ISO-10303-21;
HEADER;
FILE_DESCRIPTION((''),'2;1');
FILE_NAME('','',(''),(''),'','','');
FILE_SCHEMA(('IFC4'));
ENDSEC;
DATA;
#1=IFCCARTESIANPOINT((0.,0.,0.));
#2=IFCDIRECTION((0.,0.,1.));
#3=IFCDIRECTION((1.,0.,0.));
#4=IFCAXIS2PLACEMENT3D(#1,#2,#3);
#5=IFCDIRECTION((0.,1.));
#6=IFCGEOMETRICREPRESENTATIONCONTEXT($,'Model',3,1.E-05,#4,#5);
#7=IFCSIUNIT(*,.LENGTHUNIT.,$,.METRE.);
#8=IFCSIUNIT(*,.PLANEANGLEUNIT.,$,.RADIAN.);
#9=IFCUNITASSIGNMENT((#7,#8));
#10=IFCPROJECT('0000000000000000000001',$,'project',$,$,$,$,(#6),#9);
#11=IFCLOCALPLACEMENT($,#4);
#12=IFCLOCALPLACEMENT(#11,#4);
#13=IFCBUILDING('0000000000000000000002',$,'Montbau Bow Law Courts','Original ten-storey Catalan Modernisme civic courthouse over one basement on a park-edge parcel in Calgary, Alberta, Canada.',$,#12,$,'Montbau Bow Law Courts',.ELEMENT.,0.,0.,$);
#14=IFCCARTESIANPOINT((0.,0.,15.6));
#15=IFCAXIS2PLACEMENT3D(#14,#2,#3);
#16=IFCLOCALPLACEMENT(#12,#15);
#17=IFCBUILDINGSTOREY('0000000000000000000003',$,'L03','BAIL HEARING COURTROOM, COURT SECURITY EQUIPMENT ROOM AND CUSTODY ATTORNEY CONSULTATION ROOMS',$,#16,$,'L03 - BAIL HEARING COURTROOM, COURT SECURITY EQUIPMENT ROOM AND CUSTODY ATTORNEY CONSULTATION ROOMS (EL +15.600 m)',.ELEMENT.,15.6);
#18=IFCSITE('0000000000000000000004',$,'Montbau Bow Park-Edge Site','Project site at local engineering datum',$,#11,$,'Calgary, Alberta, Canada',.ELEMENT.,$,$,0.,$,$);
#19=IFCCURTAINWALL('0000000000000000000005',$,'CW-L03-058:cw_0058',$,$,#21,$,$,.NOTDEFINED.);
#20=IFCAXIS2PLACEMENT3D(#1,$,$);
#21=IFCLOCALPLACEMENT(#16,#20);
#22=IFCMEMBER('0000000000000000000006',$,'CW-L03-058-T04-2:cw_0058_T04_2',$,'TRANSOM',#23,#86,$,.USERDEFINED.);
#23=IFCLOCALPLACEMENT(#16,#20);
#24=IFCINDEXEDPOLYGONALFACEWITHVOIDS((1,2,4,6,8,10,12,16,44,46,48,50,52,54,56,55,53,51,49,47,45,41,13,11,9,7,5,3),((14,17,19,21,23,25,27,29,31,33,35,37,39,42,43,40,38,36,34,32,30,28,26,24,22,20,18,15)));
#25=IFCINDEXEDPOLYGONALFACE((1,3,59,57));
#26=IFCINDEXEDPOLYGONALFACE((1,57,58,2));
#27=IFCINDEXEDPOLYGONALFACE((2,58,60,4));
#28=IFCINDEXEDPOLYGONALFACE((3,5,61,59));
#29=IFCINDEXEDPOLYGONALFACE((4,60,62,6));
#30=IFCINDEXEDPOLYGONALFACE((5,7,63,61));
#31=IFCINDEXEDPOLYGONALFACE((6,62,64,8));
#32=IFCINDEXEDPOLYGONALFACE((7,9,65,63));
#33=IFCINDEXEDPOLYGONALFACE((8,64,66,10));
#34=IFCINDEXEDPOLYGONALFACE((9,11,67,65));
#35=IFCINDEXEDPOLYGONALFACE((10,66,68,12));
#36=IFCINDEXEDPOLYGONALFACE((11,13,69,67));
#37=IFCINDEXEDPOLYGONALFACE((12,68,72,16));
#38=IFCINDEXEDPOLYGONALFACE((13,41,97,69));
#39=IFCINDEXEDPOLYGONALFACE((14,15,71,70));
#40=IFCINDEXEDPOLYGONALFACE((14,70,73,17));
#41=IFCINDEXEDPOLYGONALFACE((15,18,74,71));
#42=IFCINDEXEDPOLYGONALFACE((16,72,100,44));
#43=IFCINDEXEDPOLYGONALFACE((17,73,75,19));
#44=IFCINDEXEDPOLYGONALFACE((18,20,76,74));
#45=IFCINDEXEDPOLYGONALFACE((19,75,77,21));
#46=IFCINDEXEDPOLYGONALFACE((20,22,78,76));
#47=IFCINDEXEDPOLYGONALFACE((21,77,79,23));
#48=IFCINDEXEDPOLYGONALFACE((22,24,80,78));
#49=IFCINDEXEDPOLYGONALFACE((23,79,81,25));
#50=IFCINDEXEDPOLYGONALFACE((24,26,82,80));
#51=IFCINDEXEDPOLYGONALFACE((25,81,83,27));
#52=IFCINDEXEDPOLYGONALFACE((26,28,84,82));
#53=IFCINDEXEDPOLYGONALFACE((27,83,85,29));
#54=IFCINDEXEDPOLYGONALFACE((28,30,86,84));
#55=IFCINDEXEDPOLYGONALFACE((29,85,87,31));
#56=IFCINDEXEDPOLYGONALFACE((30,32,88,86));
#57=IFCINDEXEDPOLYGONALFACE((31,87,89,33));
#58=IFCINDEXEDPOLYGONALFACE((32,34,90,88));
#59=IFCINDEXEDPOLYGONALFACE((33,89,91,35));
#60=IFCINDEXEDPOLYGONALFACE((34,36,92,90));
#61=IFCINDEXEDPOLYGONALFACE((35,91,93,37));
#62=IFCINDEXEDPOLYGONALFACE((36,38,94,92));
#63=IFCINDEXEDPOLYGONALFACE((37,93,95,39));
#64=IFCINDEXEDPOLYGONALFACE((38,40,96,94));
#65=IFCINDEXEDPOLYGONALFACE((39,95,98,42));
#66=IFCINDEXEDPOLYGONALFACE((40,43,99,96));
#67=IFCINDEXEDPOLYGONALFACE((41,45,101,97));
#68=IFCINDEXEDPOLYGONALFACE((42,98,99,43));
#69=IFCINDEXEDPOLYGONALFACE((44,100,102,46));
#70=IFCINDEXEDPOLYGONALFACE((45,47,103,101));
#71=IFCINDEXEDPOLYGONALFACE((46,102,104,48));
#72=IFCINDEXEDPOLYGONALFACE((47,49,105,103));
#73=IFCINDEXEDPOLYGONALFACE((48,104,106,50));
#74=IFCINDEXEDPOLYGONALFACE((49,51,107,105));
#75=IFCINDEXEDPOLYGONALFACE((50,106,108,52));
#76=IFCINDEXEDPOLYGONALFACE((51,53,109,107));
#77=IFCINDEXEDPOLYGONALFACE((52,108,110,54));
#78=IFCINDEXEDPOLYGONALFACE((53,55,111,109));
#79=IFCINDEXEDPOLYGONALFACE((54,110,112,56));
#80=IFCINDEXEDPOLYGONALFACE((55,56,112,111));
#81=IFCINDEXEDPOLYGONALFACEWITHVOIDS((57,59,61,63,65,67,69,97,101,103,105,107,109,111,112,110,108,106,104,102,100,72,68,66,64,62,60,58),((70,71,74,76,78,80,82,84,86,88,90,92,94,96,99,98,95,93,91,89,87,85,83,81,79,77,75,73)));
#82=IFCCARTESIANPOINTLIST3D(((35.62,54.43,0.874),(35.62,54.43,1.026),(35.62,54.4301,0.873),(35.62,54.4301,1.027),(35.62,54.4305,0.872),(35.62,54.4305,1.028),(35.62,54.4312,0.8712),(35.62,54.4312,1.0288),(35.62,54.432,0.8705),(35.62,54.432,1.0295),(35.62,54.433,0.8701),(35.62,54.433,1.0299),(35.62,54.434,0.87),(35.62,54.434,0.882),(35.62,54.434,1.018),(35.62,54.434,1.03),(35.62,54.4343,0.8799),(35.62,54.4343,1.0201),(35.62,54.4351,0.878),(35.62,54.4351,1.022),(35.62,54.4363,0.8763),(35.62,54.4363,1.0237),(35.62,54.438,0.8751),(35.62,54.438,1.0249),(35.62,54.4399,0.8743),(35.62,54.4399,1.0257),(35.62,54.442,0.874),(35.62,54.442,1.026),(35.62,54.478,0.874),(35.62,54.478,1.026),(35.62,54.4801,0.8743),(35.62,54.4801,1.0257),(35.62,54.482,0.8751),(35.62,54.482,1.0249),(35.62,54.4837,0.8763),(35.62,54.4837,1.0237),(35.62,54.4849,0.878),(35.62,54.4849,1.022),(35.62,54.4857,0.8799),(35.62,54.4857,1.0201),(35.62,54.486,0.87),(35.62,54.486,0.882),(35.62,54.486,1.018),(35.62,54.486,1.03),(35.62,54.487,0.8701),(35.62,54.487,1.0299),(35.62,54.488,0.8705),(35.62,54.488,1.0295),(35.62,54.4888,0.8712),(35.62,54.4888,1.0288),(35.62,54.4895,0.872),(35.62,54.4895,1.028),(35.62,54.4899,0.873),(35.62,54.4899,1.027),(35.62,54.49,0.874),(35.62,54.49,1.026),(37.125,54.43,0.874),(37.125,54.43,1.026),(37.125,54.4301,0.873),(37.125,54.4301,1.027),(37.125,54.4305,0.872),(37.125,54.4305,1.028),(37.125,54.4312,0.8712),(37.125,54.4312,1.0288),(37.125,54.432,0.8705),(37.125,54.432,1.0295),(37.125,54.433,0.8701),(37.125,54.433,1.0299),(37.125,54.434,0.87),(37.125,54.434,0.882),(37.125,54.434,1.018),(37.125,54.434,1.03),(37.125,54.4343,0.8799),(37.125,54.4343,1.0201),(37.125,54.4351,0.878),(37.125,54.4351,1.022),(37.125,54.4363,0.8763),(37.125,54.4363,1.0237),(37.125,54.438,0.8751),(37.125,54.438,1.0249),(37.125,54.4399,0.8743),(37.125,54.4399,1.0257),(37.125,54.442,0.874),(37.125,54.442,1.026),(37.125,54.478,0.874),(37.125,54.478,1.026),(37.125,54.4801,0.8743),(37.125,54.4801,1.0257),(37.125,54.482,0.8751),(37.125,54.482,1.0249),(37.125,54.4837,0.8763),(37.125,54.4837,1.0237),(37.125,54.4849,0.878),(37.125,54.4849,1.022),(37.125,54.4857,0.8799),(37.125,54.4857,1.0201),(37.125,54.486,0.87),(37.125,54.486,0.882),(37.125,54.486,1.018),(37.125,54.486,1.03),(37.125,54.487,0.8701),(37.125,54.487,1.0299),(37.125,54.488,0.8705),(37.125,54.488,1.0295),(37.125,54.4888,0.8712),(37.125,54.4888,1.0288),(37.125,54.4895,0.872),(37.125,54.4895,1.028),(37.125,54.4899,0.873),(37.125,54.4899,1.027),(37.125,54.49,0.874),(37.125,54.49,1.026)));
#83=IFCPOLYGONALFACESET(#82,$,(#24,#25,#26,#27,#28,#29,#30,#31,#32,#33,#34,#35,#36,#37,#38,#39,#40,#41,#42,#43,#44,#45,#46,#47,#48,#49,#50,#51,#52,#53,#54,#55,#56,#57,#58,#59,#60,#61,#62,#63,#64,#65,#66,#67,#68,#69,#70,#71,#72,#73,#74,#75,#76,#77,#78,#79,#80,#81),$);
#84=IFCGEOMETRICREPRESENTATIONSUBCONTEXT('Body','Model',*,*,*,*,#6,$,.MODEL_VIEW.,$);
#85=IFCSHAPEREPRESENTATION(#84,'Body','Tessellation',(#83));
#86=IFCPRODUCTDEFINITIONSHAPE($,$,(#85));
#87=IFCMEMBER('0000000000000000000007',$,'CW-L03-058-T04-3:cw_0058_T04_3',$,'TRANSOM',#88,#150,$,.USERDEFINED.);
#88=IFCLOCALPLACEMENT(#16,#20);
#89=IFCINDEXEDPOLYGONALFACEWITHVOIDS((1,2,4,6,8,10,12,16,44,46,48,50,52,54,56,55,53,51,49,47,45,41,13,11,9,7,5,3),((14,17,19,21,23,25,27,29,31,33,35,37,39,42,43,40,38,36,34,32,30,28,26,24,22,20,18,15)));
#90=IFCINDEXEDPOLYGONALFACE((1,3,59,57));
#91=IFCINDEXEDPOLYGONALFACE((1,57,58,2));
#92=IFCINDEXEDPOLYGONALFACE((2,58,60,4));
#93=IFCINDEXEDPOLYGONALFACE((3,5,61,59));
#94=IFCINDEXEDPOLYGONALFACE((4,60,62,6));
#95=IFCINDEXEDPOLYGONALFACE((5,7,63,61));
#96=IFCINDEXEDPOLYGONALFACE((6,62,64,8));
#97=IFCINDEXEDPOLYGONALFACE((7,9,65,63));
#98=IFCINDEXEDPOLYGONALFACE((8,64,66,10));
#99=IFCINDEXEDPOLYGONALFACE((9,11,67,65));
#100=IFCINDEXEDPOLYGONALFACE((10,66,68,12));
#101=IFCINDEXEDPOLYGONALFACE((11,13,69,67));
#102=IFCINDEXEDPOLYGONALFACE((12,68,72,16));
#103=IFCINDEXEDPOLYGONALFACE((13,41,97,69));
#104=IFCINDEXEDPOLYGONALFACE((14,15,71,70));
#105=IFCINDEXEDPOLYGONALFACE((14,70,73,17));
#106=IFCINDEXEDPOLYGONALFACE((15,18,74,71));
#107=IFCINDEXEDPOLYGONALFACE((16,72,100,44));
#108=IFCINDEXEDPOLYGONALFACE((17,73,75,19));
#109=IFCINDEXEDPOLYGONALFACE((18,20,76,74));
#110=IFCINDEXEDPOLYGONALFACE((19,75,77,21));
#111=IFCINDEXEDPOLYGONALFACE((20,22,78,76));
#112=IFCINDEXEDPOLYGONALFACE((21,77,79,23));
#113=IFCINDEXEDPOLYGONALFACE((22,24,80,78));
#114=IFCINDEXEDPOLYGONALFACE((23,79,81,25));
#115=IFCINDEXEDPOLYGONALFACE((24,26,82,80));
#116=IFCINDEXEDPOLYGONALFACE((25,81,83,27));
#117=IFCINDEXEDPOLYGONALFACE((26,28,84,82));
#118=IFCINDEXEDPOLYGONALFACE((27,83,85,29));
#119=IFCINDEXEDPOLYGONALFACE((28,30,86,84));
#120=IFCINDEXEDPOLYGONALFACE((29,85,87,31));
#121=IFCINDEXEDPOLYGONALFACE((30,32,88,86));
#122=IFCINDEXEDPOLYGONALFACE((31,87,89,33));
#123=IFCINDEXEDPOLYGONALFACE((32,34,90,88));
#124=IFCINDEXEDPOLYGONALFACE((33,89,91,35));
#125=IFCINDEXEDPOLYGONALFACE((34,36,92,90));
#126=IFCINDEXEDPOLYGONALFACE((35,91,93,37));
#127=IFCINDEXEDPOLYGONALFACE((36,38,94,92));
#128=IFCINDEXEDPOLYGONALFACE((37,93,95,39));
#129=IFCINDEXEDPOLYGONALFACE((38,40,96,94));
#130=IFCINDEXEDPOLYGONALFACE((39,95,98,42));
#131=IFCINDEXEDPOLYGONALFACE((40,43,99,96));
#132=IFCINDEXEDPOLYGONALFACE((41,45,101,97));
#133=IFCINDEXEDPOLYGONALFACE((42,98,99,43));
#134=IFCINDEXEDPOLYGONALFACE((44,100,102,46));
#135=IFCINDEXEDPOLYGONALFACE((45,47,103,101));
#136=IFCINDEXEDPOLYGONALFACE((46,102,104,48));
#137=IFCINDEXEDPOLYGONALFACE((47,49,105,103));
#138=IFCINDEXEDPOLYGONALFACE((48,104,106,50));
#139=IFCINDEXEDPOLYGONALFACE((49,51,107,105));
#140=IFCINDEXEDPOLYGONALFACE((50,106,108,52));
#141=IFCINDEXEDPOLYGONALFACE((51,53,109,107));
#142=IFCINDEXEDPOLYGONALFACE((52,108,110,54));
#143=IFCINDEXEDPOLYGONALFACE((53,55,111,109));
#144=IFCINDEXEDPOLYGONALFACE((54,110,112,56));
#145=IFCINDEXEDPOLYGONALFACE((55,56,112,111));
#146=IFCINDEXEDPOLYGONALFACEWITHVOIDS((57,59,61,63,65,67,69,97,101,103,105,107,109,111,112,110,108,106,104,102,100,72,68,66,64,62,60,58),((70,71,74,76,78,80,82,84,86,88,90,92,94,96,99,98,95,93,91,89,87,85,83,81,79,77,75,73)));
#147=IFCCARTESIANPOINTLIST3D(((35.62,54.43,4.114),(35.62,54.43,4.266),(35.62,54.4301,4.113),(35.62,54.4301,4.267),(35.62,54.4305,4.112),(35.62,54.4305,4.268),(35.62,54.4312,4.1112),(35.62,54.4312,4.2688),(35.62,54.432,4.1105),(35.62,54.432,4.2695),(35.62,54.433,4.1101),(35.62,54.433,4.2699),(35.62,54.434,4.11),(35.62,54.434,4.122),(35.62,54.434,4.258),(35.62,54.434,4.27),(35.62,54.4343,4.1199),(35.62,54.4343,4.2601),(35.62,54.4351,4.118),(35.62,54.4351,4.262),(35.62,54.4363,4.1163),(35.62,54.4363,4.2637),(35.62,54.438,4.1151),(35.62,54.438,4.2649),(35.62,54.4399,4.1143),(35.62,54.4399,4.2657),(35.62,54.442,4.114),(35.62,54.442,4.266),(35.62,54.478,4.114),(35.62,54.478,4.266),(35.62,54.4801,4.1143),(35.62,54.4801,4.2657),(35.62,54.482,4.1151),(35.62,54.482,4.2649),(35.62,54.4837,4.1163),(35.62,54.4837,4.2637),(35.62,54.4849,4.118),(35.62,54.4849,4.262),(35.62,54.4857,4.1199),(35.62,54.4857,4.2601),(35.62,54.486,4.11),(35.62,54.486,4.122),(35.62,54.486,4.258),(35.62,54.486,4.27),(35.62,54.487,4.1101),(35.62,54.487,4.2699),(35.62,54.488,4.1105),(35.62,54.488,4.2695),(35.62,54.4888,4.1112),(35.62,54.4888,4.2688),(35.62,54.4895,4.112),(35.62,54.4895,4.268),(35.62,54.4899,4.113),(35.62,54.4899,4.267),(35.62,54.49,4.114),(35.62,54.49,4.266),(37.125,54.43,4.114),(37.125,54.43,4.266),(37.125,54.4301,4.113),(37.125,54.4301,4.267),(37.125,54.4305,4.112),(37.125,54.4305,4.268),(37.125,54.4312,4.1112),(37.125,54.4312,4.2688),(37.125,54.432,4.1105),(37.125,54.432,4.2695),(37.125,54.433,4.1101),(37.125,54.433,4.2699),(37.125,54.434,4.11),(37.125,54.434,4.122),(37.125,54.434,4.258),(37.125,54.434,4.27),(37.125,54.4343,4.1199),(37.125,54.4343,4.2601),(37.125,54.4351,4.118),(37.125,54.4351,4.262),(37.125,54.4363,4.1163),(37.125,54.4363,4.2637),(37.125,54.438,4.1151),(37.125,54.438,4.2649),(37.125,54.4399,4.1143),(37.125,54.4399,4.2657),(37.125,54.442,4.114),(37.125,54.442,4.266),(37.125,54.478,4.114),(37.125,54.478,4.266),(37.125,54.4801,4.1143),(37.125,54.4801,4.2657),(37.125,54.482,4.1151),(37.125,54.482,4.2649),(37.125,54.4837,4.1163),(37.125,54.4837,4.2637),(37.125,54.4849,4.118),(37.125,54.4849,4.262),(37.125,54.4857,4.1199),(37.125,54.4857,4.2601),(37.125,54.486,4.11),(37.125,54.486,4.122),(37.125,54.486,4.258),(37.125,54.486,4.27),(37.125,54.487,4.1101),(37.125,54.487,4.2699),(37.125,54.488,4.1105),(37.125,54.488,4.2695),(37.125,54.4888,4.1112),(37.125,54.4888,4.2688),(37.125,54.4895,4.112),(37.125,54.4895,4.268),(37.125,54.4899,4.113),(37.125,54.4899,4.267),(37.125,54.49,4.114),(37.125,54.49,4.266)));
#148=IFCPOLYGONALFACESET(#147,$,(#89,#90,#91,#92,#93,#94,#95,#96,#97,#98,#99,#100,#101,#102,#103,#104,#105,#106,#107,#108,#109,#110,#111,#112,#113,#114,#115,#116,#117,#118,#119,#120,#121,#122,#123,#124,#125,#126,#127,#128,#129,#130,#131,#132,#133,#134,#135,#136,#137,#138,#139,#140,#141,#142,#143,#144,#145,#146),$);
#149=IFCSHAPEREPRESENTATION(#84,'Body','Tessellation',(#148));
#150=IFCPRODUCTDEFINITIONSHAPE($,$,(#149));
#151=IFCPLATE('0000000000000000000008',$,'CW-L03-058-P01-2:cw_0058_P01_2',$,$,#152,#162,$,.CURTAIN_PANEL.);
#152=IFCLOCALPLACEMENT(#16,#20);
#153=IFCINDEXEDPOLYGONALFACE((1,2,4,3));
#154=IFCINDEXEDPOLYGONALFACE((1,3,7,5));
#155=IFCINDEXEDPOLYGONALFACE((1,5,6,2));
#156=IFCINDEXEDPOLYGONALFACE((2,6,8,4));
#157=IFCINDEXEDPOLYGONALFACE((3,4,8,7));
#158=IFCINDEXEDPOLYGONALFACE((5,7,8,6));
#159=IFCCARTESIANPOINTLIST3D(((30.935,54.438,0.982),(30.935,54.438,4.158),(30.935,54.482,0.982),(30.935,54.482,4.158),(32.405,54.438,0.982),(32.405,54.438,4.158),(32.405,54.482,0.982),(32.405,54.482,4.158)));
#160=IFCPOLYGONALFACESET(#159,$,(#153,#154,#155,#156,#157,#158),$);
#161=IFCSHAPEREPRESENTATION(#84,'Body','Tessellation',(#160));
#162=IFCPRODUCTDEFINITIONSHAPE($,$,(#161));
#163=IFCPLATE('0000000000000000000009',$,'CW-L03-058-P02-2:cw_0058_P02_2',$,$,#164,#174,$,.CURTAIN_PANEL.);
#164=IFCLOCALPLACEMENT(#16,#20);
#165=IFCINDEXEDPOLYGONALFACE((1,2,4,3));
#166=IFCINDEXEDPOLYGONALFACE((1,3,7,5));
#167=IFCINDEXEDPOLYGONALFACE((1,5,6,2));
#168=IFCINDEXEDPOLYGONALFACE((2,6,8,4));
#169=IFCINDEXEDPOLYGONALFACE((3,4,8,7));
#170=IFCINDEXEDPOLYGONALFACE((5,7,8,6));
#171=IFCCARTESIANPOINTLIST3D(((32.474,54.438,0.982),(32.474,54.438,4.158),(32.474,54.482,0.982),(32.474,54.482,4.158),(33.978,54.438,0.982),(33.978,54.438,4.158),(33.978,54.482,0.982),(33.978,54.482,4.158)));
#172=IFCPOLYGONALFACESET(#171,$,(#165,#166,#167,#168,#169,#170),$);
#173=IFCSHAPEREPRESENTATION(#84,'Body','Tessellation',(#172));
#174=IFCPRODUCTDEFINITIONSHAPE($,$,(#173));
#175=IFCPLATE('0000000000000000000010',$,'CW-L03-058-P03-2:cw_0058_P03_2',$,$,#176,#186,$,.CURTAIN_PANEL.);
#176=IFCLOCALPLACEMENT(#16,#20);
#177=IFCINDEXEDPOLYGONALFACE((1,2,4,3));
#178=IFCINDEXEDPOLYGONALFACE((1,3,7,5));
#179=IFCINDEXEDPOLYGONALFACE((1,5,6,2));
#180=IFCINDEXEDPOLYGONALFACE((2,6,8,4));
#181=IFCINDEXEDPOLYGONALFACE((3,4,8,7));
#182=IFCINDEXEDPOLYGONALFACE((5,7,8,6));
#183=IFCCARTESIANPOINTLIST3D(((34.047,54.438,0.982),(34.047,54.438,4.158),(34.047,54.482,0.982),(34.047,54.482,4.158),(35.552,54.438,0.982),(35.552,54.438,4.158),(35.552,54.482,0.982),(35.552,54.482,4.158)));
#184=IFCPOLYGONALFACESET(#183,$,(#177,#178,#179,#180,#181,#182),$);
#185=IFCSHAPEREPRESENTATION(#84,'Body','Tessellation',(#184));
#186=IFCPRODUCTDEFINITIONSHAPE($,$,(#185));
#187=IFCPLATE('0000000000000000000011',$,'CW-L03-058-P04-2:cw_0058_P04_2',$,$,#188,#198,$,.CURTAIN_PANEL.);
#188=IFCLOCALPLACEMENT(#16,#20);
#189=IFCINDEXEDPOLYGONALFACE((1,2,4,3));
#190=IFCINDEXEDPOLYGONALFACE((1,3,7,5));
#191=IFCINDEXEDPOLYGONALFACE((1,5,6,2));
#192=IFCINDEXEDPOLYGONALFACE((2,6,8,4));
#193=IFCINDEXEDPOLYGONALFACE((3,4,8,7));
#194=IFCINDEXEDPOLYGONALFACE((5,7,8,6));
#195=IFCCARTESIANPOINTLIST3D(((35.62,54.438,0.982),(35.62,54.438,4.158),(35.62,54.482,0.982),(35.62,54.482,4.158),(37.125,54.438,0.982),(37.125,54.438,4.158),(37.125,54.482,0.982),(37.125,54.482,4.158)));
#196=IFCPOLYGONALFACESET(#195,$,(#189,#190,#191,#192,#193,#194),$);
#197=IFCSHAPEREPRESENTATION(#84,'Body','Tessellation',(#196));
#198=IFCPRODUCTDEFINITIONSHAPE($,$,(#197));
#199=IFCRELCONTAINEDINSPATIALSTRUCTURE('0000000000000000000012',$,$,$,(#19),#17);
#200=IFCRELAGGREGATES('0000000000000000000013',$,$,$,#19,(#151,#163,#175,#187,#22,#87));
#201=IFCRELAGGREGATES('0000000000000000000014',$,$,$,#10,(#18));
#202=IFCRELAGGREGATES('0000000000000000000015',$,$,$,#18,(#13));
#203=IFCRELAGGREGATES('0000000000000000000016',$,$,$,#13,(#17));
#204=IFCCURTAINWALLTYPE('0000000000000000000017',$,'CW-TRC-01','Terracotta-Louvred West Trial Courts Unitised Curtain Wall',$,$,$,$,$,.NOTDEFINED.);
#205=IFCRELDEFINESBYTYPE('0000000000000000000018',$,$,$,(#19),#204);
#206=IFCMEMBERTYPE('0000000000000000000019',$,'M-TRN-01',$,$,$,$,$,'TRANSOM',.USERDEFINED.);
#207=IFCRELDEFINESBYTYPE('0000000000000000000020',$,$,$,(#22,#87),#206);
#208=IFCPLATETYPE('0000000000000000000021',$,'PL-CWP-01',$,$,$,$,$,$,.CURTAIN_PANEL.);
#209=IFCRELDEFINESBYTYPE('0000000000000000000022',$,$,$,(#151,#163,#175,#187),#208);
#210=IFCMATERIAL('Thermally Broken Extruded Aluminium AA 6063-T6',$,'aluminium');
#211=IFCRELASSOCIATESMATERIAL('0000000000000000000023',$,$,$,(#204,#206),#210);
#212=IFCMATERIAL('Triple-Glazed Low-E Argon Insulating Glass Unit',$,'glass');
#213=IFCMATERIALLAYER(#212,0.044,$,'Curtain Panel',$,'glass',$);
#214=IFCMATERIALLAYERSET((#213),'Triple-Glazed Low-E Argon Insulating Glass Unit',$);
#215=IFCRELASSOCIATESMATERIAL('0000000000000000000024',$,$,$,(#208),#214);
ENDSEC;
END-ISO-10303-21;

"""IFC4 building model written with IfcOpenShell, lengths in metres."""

from ifc_helpers import new_model, si_unit, direction, frame, frame_2d, origin_with_axes, origin_2d_with_axis, place, context, subcontext, project, spatial, rectangle, hollow_rectangle, extrude, material, layer, layer_set, material_profile, profile_set, type_object, element, aggregate, save


model = new_model("IFC4")

# Units and contexts
model_context = context("Model", 3, precision=1e-05, world=origin_with_axes(), true_north=direction((0.0, 1.0)))
body_context = subcontext(model_context, "Body", "Model", "MODEL_VIEW")
ifc_project = project(units=[si_unit("LENGTHUNIT", "METRE"), si_unit("PLANEANGLEUNIT", "RADIAN")], contexts=[model_context])

# Site, building, storey
site_placement = place(None, origin_with_axes())
site = spatial("IfcSite", under=ifc_project, at=site_placement, Name="Montbau Bow Park-Edge Site", Description="Project site at local engineering datum", LongName="Calgary, Alberta, Canada", CompositionType="ELEMENT", RefElevation=0.0)
building_placement = place(site_placement, origin_with_axes())
building = spatial("IfcBuilding", under=site, at=building_placement, Name="Montbau Bow Law Courts", Description="Original ten-storey Catalan Modernisme civic courthouse over one basement on a park-edge parcel in Calgary, Alberta, Canada.", LongName="Montbau Bow Law Courts", CompositionType="ELEMENT", ElevationOfRefHeight=0.0, ElevationOfTerrain=0.0)
storey_placement = place(building_placement, frame((0.0, 0.0, 15.6), z_axis=(0.0, 0.0, 1.0), x_axis=(1.0, 0.0, 0.0)))
storey = spatial("IfcBuildingStorey", under=building, at=storey_placement, Name="L03", Description="BAIL HEARING COURTROOM, COURT SECURITY EQUIPMENT ROOM AND CUSTODY ATTORNEY CONSULTATION ROOMS", LongName="L03 - BAIL HEARING COURTROOM, COURT SECURITY EQUIPMENT ROOM AND CUSTODY ATTORNEY CONSULTATION ROOMS (EL +15.600 m)", CompositionType="ELEMENT", Elevation=15.6)

# Curtain wall, members, plates
ifc_material_1 = material(Name="Thermally Broken Extruded Aluminium AA 6063-T6", Category="aluminium")
curtain_wall_type = type_object("IfcCurtainWallType", Name="CW-TRC-01", Description="Terracotta-Louvred West Trial Courts Unitised Curtain Wall", PredefinedType="NOTDEFINED", material=ifc_material_1)
curtain_wall_placement = place(None, frame((30.867, 54.46, 15.6), z_axis=(0.0, 0.0, 1.0), x_axis=(1.0, 0.0, 0.0)))
curtain_wall = element("IfcCurtainWall", 1, at=curtain_wall_placement, inside=storey, type_object=curtain_wall_type, Name="CW-L03-058:cw_0058", PredefinedType="NOTDEFINED")
ifc_material_profile_1 = material_profile(ifc_material_1, hollow_rectangle(XDim=0.06, YDim=0.16, WallThickness=0.004, InnerFilletRadius=0.008, OuterFilletRadius=0.004, at=origin_2d_with_axis()), Name="CWT-160X60", Category="Main", Priority=0)
ifc_profile_set_1 = profile_set([ifc_material_profile_1], Name="Thermally Broken Extruded Aluminium AA 6063-T6")
member_type_1 = type_object("IfcMemberType", Name="M-TRN-01", ElementType="TRANSOM", PredefinedType="USERDEFINED", material=ifc_profile_set_1)
member_1_placement = place(None, frame((35.62, 54.46, 16.55), z_axis=(1.0, 0.0, 0.0), x_axis=(0.0, 1.0, 0.0)))
member_1 = element("IfcMember", 2, at=member_1_placement, type_object=member_type_1, Name="CW-L03-058-T04-2:cw_0058_T04_2", ObjectType="TRANSOM", PredefinedType="USERDEFINED", context=body_context, shape_type="SweptSolid", body=[
    extrude(hollow_rectangle(XDim=0.06, YDim=0.16, WallThickness=0.004, InnerFilletRadius=0.008, OuterFilletRadius=0.004, at=origin_2d_with_axis()), origin_with_axes(), (0.0, 0.0, 1.0), 1.505),
])
member_2_placement = place(None, frame((35.62, 54.46, 19.79), z_axis=(1.0, 0.0, 0.0), x_axis=(0.0, 1.0, 0.0)))
member_2 = element("IfcMember", 3, at=member_2_placement, type_object=member_type_1, Name="CW-L03-058-T04-3:cw_0058_T04_3", ObjectType="TRANSOM", PredefinedType="USERDEFINED", context=body_context, shape_type="SweptSolid", body=[
    extrude(hollow_rectangle(XDim=0.06, YDim=0.16, WallThickness=0.004, InnerFilletRadius=0.008, OuterFilletRadius=0.004, at=origin_2d_with_axis()), origin_with_axes(), (0.0, 0.0, 1.0), 1.505),
])
ifc_material_2 = material(Name="Triple-Glazed Low-E Argon Insulating Glass Unit", Category="glass")
ifc_layer_1 = layer(ifc_material_2, 0.044, Name="Curtain Panel", Category="glass")
ifc_layer_set_1 = layer_set([ifc_layer_1], Name="Triple-Glazed Low-E Argon Insulating Glass Unit")
plate_type_1 = type_object("IfcPlateType", Name="PL-CWP-01", PredefinedType="CURTAIN_PANEL", material=ifc_layer_set_1)
plate_1_placement = place(None, frame((30.935, 54.46, 16.582), z_axis=(0.0, -1.0, 0.0), x_axis=(1.0, 0.0, 0.0)))
plate_1 = element("IfcPlate", 4, at=plate_1_placement, type_object=plate_type_1, Name="CW-L03-058-P01-2:cw_0058_P01_2", PredefinedType="CURTAIN_PANEL", context=body_context, shape_type="SweptSolid", body=[
    extrude(rectangle(XDim=1.47, YDim=3.176, at=frame_2d((0.735, 1.588), x_axis=(1.0, 0.0))), frame((0.0, 0.0, -0.022), z_axis=(0.0, 0.0, 1.0), x_axis=(1.0, 0.0, 0.0)), (0.0, 0.0, 1.0), 0.044),
])
plate_2_placement = place(None, frame((32.474, 54.46, 16.582), z_axis=(0.0, -1.0, 0.0), x_axis=(1.0, 0.0, 0.0)))
plate_2 = element("IfcPlate", 5, at=plate_2_placement, type_object=plate_type_1, Name="CW-L03-058-P02-2:cw_0058_P02_2", PredefinedType="CURTAIN_PANEL", context=body_context, shape_type="SweptSolid", body=[
    extrude(rectangle(XDim=1.504, YDim=3.176, at=frame_2d((0.752, 1.588), x_axis=(1.0, 0.0))), frame((0.0, 0.0, -0.022), z_axis=(0.0, 0.0, 1.0), x_axis=(1.0, 0.0, 0.0)), (0.0, 0.0, 1.0), 0.044),
])
plate_3_placement = place(None, frame((34.047, 54.46, 16.582), z_axis=(0.0, -1.0, 0.0), x_axis=(1.0, 0.0, 0.0)))
plate_3 = element("IfcPlate", 6, at=plate_3_placement, type_object=plate_type_1, Name="CW-L03-058-P03-2:cw_0058_P03_2", PredefinedType="CURTAIN_PANEL", context=body_context, shape_type="SweptSolid", body=[
    extrude(rectangle(XDim=1.505, YDim=3.176, at=frame_2d((0.7525, 1.588), x_axis=(1.0, 0.0))), frame((0.0, 0.0, -0.022), z_axis=(0.0, 0.0, 1.0), x_axis=(1.0, 0.0, 0.0)), (0.0, 0.0, 1.0), 0.044),
])
plate_4_placement = place(None, frame((35.62, 54.46, 16.582), z_axis=(0.0, -1.0, 0.0), x_axis=(1.0, 0.0, 0.0)))
plate_4 = element("IfcPlate", 7, at=plate_4_placement, type_object=plate_type_1, Name="CW-L03-058-P04-2:cw_0058_P04_2", PredefinedType="CURTAIN_PANEL", context=body_context, shape_type="SweptSolid", body=[
    extrude(rectangle(XDim=1.505, YDim=3.176, at=frame_2d((0.7525, 1.588), x_axis=(1.0, 0.0))), frame((0.0, 0.0, -0.022), z_axis=(0.0, 0.0, 1.0), x_axis=(1.0, 0.0, 0.0)), (0.0, 0.0, 1.0), 0.044),
])
aggregate(curtain_wall, [plate_1, plate_2, plate_3, plate_4, member_1, member_2])

save(model, "model.ifc")
